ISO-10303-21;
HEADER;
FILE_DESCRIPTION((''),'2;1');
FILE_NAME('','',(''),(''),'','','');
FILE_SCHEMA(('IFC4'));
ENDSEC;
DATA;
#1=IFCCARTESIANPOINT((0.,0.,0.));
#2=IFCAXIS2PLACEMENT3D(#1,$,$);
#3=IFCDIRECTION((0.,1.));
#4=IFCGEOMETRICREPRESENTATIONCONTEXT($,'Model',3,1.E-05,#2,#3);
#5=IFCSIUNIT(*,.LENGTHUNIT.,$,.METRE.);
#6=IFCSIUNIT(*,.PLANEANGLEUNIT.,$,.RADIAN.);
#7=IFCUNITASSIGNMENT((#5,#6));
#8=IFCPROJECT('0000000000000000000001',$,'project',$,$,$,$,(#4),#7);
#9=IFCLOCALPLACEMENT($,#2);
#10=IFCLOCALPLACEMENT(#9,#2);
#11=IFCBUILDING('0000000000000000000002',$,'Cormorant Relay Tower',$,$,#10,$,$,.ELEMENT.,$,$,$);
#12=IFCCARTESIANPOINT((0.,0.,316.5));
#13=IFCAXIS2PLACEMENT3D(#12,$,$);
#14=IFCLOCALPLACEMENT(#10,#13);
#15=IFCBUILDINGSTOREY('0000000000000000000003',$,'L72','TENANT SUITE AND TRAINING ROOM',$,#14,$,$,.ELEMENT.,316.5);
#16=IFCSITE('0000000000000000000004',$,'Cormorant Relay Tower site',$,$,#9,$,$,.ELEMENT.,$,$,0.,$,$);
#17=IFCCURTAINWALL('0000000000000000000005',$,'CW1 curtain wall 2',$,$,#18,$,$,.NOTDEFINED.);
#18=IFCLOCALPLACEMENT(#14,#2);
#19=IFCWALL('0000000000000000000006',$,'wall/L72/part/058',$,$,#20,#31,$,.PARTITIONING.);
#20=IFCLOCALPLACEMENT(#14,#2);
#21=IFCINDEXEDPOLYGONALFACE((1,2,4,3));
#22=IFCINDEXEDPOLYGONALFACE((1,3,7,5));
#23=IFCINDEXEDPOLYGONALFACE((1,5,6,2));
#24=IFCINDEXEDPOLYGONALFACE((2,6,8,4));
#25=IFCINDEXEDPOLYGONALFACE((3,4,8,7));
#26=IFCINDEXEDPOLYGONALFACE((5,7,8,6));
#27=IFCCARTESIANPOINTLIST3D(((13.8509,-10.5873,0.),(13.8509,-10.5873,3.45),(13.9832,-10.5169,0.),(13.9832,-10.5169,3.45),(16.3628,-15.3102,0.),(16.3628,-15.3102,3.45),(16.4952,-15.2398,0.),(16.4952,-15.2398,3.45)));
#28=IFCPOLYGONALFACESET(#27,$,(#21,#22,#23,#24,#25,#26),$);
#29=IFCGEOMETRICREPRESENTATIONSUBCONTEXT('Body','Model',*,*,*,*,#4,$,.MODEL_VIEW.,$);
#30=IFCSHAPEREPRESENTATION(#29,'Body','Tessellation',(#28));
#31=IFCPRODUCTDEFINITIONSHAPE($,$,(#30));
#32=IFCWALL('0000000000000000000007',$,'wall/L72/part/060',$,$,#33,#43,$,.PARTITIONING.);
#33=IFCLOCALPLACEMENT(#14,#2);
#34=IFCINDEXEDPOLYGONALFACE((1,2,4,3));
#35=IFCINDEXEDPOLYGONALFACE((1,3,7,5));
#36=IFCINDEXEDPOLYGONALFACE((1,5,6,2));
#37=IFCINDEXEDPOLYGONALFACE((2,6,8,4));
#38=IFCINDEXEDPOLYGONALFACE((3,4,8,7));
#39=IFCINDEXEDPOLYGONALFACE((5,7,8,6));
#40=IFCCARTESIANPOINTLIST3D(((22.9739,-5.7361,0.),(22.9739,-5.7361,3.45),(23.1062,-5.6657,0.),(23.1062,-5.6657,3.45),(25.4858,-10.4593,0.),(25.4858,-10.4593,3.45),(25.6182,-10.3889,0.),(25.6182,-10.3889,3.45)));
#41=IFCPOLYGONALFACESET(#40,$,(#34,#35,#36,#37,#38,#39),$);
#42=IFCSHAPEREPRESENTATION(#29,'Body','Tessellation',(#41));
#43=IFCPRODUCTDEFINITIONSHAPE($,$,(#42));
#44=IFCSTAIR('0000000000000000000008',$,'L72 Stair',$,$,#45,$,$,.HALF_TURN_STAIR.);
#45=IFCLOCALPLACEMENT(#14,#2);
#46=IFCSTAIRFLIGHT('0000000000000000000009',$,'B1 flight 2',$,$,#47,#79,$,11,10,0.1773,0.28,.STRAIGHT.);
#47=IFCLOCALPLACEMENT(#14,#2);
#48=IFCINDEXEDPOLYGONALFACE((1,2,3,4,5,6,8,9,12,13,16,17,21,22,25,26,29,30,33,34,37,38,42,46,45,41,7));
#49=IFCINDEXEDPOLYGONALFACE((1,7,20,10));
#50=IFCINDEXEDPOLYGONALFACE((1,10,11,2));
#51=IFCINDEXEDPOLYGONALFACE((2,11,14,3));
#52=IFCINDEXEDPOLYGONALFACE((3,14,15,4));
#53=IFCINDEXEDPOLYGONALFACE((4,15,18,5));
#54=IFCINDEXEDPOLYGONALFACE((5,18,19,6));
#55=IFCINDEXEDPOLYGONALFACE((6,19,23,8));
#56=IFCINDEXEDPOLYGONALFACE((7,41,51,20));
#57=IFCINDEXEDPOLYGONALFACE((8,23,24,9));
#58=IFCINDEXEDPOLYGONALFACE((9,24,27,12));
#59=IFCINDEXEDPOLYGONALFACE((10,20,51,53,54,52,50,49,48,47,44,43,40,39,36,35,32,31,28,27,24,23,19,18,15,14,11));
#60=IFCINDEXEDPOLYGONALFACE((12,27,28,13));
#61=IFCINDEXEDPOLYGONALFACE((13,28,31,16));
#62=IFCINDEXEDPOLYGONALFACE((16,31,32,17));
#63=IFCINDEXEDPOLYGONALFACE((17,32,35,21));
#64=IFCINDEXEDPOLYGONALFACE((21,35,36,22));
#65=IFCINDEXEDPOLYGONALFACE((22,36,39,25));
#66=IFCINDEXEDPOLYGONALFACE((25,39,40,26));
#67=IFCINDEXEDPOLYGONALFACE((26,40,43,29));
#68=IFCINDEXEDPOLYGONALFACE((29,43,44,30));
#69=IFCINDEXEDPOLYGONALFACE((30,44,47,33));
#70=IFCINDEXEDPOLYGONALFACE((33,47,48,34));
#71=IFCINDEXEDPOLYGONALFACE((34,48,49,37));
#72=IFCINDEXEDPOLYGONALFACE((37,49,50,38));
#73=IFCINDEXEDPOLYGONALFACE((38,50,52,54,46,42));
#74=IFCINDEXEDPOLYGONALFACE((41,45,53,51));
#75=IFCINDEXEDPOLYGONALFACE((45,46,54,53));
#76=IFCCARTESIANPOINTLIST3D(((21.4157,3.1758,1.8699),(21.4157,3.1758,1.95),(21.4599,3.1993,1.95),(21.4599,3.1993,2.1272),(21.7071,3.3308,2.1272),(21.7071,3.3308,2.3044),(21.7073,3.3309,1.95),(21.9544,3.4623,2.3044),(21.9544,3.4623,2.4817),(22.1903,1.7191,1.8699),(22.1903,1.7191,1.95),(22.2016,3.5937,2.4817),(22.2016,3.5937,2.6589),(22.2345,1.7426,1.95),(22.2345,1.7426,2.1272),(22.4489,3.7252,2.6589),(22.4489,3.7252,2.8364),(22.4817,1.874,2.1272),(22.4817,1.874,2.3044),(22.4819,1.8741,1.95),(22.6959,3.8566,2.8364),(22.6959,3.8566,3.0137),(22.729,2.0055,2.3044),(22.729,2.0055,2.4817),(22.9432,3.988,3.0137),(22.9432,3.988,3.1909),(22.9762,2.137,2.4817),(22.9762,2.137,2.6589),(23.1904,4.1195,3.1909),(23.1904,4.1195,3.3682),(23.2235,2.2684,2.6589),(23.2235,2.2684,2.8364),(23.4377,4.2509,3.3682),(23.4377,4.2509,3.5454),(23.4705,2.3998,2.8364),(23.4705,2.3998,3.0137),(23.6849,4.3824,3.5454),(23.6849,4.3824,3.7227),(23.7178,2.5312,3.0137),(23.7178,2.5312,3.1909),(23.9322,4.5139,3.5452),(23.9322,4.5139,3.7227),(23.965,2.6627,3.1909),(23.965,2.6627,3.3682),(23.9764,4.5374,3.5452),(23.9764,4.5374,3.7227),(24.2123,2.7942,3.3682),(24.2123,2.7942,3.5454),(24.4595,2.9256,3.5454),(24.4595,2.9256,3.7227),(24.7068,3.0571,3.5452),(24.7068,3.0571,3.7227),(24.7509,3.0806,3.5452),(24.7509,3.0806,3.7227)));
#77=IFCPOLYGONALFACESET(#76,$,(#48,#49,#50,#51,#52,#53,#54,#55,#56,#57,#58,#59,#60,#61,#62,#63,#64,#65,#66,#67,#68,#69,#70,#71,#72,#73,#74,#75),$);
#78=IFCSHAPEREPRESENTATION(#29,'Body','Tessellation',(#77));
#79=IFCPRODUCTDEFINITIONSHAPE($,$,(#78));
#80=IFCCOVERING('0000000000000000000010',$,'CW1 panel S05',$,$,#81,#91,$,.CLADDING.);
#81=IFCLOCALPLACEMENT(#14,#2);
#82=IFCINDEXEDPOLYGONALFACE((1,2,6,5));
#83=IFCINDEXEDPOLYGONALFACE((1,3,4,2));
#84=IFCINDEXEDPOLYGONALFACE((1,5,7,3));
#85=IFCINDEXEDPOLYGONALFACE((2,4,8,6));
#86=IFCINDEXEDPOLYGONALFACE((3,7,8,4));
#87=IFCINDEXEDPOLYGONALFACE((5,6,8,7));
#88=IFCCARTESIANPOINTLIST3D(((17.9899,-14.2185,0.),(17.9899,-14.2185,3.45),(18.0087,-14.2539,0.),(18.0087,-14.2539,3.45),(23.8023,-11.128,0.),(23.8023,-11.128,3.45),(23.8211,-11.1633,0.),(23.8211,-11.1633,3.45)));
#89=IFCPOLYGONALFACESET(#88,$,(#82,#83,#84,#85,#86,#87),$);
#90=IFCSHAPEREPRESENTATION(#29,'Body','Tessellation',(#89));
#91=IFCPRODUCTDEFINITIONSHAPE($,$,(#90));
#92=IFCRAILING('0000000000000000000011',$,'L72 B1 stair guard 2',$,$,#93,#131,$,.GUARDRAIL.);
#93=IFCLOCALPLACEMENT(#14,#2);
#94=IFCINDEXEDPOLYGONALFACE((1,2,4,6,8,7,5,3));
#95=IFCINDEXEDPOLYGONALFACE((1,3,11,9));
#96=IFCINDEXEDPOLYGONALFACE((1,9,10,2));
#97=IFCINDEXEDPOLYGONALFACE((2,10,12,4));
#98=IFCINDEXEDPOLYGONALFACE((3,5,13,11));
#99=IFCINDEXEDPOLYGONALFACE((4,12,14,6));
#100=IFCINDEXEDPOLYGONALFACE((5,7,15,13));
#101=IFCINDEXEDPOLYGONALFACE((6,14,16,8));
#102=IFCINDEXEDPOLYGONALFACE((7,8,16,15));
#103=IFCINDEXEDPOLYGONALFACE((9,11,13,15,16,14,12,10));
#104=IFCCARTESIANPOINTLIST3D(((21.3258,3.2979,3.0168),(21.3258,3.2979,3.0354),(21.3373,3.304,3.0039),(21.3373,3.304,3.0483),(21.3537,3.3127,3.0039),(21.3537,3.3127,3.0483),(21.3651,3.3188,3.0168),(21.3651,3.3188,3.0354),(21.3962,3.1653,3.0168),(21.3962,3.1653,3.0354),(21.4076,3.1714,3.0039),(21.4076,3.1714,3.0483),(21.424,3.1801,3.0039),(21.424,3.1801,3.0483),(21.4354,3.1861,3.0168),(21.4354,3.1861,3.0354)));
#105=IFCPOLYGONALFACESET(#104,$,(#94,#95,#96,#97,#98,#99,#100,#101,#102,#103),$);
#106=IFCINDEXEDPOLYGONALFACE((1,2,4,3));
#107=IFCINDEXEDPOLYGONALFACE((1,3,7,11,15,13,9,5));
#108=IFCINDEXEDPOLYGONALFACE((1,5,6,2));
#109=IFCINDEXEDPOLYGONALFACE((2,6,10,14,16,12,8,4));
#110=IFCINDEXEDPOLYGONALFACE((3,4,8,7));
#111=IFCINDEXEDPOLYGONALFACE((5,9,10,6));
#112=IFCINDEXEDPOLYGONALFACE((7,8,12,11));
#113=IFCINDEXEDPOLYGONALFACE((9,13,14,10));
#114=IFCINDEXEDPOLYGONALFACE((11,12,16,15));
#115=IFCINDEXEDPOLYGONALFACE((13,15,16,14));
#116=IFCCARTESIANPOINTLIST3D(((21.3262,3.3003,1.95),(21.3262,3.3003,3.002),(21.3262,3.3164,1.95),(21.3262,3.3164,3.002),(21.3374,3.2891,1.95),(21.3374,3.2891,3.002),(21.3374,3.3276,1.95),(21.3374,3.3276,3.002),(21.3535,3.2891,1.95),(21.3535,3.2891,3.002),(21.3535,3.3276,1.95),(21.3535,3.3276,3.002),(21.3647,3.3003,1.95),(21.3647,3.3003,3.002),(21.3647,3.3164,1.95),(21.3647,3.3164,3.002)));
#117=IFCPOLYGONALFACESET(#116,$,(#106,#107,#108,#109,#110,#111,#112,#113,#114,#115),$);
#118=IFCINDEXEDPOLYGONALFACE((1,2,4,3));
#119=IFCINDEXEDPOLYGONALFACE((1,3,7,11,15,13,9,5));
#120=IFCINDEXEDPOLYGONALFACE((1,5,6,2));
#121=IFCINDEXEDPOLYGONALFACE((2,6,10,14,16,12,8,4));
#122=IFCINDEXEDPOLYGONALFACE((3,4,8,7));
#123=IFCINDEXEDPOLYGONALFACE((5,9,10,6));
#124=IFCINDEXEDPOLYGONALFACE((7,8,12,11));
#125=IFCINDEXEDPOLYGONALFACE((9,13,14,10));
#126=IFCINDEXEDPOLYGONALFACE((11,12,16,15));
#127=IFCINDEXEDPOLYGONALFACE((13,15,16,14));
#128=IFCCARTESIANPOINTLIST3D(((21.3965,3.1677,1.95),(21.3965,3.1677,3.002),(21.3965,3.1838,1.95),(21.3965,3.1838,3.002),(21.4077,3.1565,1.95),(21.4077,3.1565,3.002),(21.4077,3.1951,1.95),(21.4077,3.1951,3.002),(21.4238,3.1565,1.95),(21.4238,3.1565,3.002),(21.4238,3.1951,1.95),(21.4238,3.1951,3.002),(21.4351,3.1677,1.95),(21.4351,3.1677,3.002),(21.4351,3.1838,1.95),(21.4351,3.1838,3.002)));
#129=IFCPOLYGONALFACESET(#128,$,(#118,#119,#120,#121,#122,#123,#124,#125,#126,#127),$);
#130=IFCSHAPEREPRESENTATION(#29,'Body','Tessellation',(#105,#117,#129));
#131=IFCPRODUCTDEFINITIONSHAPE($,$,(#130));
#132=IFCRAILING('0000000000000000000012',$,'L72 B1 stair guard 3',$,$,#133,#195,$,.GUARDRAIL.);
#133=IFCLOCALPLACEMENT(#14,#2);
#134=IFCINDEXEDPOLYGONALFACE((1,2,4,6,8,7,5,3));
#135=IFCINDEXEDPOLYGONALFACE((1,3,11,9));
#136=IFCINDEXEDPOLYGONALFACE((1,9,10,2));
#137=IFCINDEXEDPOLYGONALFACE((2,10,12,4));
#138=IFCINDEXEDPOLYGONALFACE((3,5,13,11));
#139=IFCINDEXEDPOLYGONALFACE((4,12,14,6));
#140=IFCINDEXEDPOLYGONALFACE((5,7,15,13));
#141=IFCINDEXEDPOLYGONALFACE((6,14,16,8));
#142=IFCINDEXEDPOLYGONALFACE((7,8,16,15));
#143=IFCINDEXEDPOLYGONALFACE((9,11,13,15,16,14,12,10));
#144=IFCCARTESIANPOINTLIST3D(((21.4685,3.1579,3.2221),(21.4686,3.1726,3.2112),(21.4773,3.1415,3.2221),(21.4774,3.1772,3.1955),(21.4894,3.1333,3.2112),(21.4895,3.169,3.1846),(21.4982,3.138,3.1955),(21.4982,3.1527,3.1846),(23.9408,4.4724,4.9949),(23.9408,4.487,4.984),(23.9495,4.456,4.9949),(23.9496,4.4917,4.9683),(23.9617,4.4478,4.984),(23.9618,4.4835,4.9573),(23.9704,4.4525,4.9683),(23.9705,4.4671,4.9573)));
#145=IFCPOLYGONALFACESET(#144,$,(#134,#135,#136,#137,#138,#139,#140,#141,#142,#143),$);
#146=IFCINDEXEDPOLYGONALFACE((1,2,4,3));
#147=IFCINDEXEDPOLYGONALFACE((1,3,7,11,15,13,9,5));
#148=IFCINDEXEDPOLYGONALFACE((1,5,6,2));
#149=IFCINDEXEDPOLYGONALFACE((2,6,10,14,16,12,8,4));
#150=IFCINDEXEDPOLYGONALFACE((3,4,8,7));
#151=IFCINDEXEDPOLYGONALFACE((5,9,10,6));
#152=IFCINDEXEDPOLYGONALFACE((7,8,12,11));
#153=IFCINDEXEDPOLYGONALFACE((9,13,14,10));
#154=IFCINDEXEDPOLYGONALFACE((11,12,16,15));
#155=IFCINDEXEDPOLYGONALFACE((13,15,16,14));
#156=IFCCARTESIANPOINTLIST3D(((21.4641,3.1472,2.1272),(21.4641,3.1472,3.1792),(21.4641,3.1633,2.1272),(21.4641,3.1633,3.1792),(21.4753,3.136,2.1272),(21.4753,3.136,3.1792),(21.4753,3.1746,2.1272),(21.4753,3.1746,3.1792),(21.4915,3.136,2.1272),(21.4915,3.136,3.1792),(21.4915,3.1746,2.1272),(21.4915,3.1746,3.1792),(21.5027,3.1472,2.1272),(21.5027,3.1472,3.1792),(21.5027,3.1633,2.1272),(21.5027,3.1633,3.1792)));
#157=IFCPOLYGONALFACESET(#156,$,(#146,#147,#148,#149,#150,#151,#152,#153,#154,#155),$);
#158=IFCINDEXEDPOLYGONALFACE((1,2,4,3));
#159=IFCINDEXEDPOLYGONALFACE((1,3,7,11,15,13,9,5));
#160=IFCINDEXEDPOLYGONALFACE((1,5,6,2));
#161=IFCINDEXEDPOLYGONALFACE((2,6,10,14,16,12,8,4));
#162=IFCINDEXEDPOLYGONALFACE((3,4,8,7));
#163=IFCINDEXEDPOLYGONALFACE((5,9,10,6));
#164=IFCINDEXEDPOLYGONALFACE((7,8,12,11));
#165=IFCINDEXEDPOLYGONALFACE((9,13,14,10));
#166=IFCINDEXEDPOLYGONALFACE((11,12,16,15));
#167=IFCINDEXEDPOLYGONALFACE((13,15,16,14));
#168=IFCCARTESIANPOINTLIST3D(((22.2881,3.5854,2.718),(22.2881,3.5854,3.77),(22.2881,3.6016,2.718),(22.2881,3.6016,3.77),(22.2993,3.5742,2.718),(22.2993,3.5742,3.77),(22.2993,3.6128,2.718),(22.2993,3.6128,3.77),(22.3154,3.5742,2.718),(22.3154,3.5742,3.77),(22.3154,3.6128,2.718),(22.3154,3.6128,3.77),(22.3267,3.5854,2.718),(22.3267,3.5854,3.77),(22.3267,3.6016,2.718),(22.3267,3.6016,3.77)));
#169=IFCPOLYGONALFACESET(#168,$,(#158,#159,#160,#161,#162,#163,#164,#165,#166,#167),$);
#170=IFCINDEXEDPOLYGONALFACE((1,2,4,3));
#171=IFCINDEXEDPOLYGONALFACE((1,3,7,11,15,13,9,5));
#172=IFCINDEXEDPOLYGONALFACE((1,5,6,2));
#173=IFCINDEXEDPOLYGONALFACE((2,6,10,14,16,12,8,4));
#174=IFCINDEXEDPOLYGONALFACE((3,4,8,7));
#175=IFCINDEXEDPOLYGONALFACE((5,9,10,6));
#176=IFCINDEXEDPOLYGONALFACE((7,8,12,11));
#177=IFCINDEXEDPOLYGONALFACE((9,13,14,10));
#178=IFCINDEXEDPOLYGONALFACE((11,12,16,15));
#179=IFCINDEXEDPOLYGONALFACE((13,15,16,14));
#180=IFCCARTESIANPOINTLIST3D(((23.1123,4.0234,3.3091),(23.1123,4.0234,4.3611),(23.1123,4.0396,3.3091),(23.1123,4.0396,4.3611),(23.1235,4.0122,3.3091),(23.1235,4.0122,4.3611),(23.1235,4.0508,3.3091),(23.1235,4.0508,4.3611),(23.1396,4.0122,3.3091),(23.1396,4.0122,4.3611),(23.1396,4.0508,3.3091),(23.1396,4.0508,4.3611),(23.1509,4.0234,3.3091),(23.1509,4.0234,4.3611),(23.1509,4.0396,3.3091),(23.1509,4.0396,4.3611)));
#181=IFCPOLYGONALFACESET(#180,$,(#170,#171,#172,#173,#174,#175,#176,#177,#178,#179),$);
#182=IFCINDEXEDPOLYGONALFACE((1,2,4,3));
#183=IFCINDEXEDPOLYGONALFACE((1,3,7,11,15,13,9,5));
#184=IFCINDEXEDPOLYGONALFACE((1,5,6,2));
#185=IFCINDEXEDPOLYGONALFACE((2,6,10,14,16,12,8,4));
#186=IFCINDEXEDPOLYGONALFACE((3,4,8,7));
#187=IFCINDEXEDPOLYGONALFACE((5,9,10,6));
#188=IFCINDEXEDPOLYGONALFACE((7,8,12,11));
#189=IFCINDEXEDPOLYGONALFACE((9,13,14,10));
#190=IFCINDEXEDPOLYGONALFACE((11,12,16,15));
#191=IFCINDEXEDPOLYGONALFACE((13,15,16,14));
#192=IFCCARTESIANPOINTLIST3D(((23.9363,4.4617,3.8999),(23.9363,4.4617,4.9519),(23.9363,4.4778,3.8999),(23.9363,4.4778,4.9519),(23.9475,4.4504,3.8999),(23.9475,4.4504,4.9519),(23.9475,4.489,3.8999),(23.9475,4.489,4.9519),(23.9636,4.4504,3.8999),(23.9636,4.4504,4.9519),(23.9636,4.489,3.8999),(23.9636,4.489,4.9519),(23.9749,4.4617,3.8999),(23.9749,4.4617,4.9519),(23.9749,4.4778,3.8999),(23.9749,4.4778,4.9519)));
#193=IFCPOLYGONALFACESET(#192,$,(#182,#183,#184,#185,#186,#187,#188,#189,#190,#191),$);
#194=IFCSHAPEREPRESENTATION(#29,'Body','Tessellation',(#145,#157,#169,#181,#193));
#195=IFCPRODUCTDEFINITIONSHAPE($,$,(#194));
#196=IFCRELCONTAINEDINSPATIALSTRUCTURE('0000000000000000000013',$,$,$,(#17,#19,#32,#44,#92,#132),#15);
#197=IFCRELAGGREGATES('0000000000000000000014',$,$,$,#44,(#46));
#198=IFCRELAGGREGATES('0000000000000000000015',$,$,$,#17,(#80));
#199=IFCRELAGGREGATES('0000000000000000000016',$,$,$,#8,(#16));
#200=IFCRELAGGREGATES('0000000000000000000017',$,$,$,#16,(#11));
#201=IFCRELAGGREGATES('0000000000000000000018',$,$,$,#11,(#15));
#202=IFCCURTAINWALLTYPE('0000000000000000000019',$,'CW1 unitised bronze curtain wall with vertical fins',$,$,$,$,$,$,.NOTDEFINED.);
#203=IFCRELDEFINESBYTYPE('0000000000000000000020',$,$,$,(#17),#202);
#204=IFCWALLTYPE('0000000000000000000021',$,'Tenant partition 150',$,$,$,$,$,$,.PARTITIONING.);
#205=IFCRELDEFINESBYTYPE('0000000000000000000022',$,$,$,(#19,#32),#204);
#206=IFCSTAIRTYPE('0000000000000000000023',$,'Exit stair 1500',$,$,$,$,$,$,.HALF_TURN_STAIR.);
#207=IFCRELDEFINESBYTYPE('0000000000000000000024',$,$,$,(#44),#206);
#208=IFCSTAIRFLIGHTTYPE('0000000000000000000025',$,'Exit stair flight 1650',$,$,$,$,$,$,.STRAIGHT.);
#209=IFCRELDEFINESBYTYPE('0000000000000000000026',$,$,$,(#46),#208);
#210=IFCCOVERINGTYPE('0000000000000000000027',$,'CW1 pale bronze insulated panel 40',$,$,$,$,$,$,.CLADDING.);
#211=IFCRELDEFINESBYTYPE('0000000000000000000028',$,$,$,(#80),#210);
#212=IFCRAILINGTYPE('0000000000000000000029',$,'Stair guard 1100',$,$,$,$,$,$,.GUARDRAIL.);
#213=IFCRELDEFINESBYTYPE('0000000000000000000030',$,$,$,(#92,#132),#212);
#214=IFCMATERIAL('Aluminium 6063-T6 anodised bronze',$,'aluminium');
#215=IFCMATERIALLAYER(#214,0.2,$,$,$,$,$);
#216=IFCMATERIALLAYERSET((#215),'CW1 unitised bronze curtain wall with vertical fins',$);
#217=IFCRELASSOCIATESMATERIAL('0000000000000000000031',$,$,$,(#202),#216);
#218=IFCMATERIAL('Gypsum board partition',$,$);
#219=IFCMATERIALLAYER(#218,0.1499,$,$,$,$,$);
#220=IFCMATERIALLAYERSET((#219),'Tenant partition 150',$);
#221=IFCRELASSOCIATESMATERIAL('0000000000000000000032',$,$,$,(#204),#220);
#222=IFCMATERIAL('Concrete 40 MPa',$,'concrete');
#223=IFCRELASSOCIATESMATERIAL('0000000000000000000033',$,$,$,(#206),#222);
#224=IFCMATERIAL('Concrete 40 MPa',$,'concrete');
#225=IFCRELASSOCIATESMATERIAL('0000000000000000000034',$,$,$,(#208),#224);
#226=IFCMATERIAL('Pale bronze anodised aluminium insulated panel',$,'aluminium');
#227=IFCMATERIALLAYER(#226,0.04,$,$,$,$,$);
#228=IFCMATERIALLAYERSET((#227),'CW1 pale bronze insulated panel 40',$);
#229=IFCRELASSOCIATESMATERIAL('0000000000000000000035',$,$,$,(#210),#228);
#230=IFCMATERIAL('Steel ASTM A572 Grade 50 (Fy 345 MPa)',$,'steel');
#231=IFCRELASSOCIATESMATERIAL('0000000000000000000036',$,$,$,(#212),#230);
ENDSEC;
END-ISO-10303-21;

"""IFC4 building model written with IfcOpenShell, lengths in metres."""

from ifc_helpers import new_model, si_unit, direction, frame, frame_2d, origin, origin_2d, place, context, subcontext, project, spatial, polyline, rectangle, outline, extrude, material, layer, layer_set, type_object, element, aggregate, save


model = new_model("IFC4")

# Units and contexts
model_context = context("Model", 3, precision=1e-05, world=origin(), true_north=direction((0.0, 1.0)))
body_context = subcontext(model_context, "Body", "Model", "MODEL_VIEW")
ifc_project = project(units=[si_unit("LENGTHUNIT", "METRE"), si_unit("PLANEANGLEUNIT", "RADIAN")], contexts=[model_context])

# Site, building, storey
site_placement = place(None, origin())
site = spatial("IfcSite", under=ifc_project, at=site_placement, Name="Cormorant Relay Tower site", CompositionType="ELEMENT", RefElevation=0.0)
building_placement = place(site_placement, origin())
building = spatial("IfcBuilding", under=site, at=building_placement, Name="Cormorant Relay Tower", CompositionType="ELEMENT")
storey_placement = place(building_placement, frame((0.0, 0.0, 316.5)))
storey = spatial("IfcBuildingStorey", under=building, at=storey_placement, Name="L72", Description="TENANT SUITE AND TRAINING ROOM", CompositionType="ELEMENT", Elevation=316.5)

# Curtain wall
ifc_material_1 = material(Name="Aluminium 6063-T6 anodised bronze", Category="aluminium")
ifc_layer_1 = layer(ifc_material_1, 0.2)
ifc_layer_set_1 = layer_set([ifc_layer_1], Name="CW1 unitised bronze curtain wall with vertical fins")
curtain_wall_type = type_object("IfcCurtainWallType", Name="CW1 unitised bronze curtain wall with vertical fins", PredefinedType="NOTDEFINED", material=ifc_layer_set_1)
curtain_wall_placement = place(storey_placement, origin())
curtain_wall = element("IfcCurtainWall", 1, at=curtain_wall_placement, inside=storey, type_object=curtain_wall_type, Name="CW1 curtain wall 2", PredefinedType="NOTDEFINED")

# Walls
ifc_material_2 = material(Name="Gypsum board partition")
ifc_layer_2 = layer(ifc_material_2, 0.1499)
ifc_layer_set_2 = layer_set([ifc_layer_2], Name="Tenant partition 150")
wall_type_1 = type_object("IfcWallType", Name="Tenant partition 150", PredefinedType="PARTITIONING", material=ifc_layer_set_2)
wall_1_placement = place(storey_placement, frame((13.917, -10.552, 0.0), z_axis=(0.0, 0.0, 1.0), x_axis=(0.469581, -0.882889, 0.0)))
element("IfcWall", 2, at=wall_1_placement, inside=storey, type_object=wall_type_1, Name="wall/L72/part/058", PredefinedType="PARTITIONING", context=body_context, shape_type="SweptSolid", body=[
    extrude(rectangle(XDim=5.3494, YDim=0.1499, at=frame_2d((2.6748, 0.0))), origin(), (0.0, 0.0, 1.0), 3.45),
])
wall_2_placement = place(storey_placement, frame((23.04, -5.7009, 0.0), z_axis=(0.0, 0.0, 1.0), x_axis=(0.469562, -0.882899, 0.0)))
element("IfcWall", 3, at=wall_2_placement, inside=storey, type_object=wall_type_1, Name="wall/L72/part/060", PredefinedType="PARTITIONING", context=body_context, shape_type="SweptSolid", body=[
    extrude(rectangle(XDim=5.3496, YDim=0.1499, at=frame_2d((2.6748, 0.0))), origin(), (0.0, 0.0, 1.0), 3.45),
])

# Stair, stair flight
ifc_material_3 = material(Name="Concrete 40 MPa", Category="concrete")
stair_type = type_object("IfcStairType", Name="Exit stair 1500", PredefinedType="HALF_TURN_STAIR", material=ifc_material_3)
stair_placement = place(storey_placement, origin())
stair = element("IfcStair", 4, at=stair_placement, inside=storey, type_object=stair_type, Name="L72 Stair", PredefinedType="HALF_TURN_STAIR")
ifc_material_4 = material(Name="Concrete 40 MPa", Category="concrete")
stair_flight_type = type_object("IfcStairFlightType", Name="Exit stair flight 1650", PredefinedType="STRAIGHT", material=ifc_material_4)
stair_flight_placement = place(storey_placement, frame((21.8472, 2.4709, 1.95), z_axis=(0.0, 0.0, 1.0), x_axis=(0.882948, 0.469472, 0.0)))
stair_flight = element("IfcStairFlight", 5, at=stair_flight_placement, type_object=stair_flight_type, Name="B1 flight 2", NumberOfRisers=11, NumberOfTreads=10, PredefinedType="STRAIGHT", RiserHeight=0.1773, TreadLength=0.28, context=body_context, shape_type="SweptSolid", body=[
    extrude(outline(polyline([(-0.05, -0.0801), (-0.05, 0.0), (0.0, 0.0), (0.0, 0.1772), (0.28, 0.1772), (0.28, 0.3545), (0.5601, 0.3545), (0.5601, 0.5317), (0.8401, 0.5317), (0.8401, 0.709), (1.1201, 0.709), (1.1201, 0.8865), (1.3999, 0.8865), (1.3999, 1.0637), (1.6799, 1.0637), (1.6799, 1.241), (1.96, 1.241), (1.96, 1.4182), (2.24, 1.4182), (2.24, 1.5955), (2.52, 1.5955), (2.52, 1.7727), (2.8, 1.7727), (2.8501, 1.7727), (2.8501, 1.5952), (2.8, 1.5952), (0.2803, 0.0), (-0.05, -0.0801)])), frame((0.0, 0.825, 0.0), z_axis=(0.0, -1.0, 0.0), x_axis=(1.0, 0.0, 0.0)), (0.0, 0.0, 1.0), 1.6499),
])
aggregate(stair, [stair_flight])

# Covering
ifc_material_5 = material(Name="Pale bronze anodised aluminium insulated panel", Category="aluminium")
ifc_layer_3 = layer(ifc_material_5, 0.04)
ifc_layer_set_3 = layer_set([ifc_layer_3], Name="CW1 pale bronze insulated panel 40")
covering_type = type_object("IfcCoveringType", Name="CW1 pale bronze insulated panel 40", PredefinedType="CLADDING", material=ifc_layer_set_3)
covering_placement = place(storey_placement, frame((20.9055, -12.6909, 0.0), z_axis=(0.0, 0.0, 1.0), x_axis=(0.882948, 0.469472, 0.0)))
covering = element("IfcCovering", 6, at=covering_placement, type_object=covering_type, Name="CW1 panel S05", PredefinedType="CLADDING", context=body_context, shape_type="SweptSolid", body=[
    extrude(rectangle(XDim=6.583, YDim=0.04, at=origin_2d()), origin(), (0.0, 0.0, 1.0), 3.45),
])
aggregate(curtain_wall, [covering])

# Railings
ifc_material_6 = material(Name="Steel ASTM A572 Grade 50 (Fy 345 MPa)", Category="steel")
railing_type_1 = type_object("IfcRailingType", Name="Stair guard 1100", PredefinedType="GUARDRAIL", material=ifc_material_6)
railing_1_placement = place(storey_placement, frame((21.3455, 3.3083, 1.95)))
element("IfcRailing", 7, at=railing_1_placement, inside=storey, type_object=railing_type_1, Name="L72 B1 stair guard 2", PredefinedType="GUARDRAIL", context=body_context, shape_type="SweptSolid", body=[
    extrude(outline(polyline([(0.0222, 0.0093), (0.0093, 0.0222), (-0.0093, 0.0222), (-0.0222, 0.0093), (-0.0222, -0.0093), (-0.0093, -0.0222), (0.0093, -0.0222), (0.0222, -0.0093), (0.0222, 0.0093)])), frame((0.0, 0.0, 1.0762), z_axis=(0.46856, -0.883431, 0.0), x_axis=(0.883431, 0.46856, 0.0)), (0.0, 0.0, 1.0), 0.1501),
    extrude(outline(polyline([(0.0193, 0.0081), (0.0081, 0.0193), (-0.0081, 0.0193), (-0.0193, 0.0081), (-0.0193, -0.0081), (-0.0081, -0.0193), (0.0081, -0.0193), (0.0193, -0.0081), (0.0193, 0.0081)])), origin(), (0.0, 0.0, 1.0), 1.052),
    extrude(outline(polyline([(0.0193, 0.0081), (0.0081, 0.0193), (-0.0081, 0.0193), (-0.0193, 0.0081), (-0.0193, -0.0081), (-0.0081, -0.0193), (0.0081, -0.0193), (0.0193, -0.0081), (0.0193, 0.0081)])), frame((0.0703, -0.1326, 0.0)), (0.0, 0.0, 1.0), 1.052),
])
railing_2_placement = place(storey_placement, frame((21.4834, 3.1553, 2.1272)))
element("IfcRailing", 8, at=railing_2_placement, inside=storey, type_object=railing_type_1, Name="L72 B1 stair guard 3", PredefinedType="GUARDRAIL", context=body_context, shape_type="SweptSolid", body=[
    extrude(outline(polyline([(0.0222, 0.0093), (0.0093, 0.0222), (-0.0093, 0.0222), (-0.0222, 0.0093), (-0.0222, -0.0093), (-0.0093, -0.0222), (0.0093, -0.0222), (0.0222, -0.0093), (0.0222, 0.0093)])), frame((0.0, 0.0, 1.0762), z_axis=(0.746001, 0.396649, 0.534931), x_axis=(-0.469465, 0.882951, 0.0)), (0.0, 0.0, 1.0), 3.314),
    extrude(outline(polyline([(0.0193, 0.0081), (0.0081, 0.0193), (-0.0081, 0.0193), (-0.0193, 0.0081), (-0.0193, -0.0081), (-0.0081, -0.0193), (0.0081, -0.0193), (0.0193, -0.0081), (0.0193, 0.0081)])), origin(), (0.0, 0.0, 1.0), 1.052),
    extrude(outline(polyline([(0.0193, 0.0081), (0.0081, 0.0193), (-0.0081, 0.0193), (-0.0193, 0.0081), (-0.0193, -0.0081), (-0.0081, -0.0193), (0.0081, -0.0193), (0.0193, -0.0081), (0.0193, 0.0081)])), frame((0.824, 0.4382, 0.5908)), (0.0, 0.0, 1.0), 1.052),
    extrude(outline(polyline([(0.0193, 0.0081), (0.0081, 0.0193), (-0.0081, 0.0193), (-0.0193, 0.0081), (-0.0193, -0.0081), (-0.0081, -0.0193), (0.0081, -0.0193), (0.0193, -0.0081), (0.0193, 0.0081)])), frame((1.6482, 0.8762, 1.1819)), (0.0, 0.0, 1.0), 1.052),
    extrude(outline(polyline([(0.0193, 0.0081), (0.0081, 0.0193), (-0.0081, 0.0193), (-0.0193, 0.0081), (-0.0193, -0.0081), (-0.0081, -0.0193), (0.0081, -0.0193), (0.0193, -0.0081), (0.0193, 0.0081)])), frame((2.4722, 1.3145, 1.7727)), (0.0, 0.0, 1.0), 1.052),
])

save(model, "model.ifc")
